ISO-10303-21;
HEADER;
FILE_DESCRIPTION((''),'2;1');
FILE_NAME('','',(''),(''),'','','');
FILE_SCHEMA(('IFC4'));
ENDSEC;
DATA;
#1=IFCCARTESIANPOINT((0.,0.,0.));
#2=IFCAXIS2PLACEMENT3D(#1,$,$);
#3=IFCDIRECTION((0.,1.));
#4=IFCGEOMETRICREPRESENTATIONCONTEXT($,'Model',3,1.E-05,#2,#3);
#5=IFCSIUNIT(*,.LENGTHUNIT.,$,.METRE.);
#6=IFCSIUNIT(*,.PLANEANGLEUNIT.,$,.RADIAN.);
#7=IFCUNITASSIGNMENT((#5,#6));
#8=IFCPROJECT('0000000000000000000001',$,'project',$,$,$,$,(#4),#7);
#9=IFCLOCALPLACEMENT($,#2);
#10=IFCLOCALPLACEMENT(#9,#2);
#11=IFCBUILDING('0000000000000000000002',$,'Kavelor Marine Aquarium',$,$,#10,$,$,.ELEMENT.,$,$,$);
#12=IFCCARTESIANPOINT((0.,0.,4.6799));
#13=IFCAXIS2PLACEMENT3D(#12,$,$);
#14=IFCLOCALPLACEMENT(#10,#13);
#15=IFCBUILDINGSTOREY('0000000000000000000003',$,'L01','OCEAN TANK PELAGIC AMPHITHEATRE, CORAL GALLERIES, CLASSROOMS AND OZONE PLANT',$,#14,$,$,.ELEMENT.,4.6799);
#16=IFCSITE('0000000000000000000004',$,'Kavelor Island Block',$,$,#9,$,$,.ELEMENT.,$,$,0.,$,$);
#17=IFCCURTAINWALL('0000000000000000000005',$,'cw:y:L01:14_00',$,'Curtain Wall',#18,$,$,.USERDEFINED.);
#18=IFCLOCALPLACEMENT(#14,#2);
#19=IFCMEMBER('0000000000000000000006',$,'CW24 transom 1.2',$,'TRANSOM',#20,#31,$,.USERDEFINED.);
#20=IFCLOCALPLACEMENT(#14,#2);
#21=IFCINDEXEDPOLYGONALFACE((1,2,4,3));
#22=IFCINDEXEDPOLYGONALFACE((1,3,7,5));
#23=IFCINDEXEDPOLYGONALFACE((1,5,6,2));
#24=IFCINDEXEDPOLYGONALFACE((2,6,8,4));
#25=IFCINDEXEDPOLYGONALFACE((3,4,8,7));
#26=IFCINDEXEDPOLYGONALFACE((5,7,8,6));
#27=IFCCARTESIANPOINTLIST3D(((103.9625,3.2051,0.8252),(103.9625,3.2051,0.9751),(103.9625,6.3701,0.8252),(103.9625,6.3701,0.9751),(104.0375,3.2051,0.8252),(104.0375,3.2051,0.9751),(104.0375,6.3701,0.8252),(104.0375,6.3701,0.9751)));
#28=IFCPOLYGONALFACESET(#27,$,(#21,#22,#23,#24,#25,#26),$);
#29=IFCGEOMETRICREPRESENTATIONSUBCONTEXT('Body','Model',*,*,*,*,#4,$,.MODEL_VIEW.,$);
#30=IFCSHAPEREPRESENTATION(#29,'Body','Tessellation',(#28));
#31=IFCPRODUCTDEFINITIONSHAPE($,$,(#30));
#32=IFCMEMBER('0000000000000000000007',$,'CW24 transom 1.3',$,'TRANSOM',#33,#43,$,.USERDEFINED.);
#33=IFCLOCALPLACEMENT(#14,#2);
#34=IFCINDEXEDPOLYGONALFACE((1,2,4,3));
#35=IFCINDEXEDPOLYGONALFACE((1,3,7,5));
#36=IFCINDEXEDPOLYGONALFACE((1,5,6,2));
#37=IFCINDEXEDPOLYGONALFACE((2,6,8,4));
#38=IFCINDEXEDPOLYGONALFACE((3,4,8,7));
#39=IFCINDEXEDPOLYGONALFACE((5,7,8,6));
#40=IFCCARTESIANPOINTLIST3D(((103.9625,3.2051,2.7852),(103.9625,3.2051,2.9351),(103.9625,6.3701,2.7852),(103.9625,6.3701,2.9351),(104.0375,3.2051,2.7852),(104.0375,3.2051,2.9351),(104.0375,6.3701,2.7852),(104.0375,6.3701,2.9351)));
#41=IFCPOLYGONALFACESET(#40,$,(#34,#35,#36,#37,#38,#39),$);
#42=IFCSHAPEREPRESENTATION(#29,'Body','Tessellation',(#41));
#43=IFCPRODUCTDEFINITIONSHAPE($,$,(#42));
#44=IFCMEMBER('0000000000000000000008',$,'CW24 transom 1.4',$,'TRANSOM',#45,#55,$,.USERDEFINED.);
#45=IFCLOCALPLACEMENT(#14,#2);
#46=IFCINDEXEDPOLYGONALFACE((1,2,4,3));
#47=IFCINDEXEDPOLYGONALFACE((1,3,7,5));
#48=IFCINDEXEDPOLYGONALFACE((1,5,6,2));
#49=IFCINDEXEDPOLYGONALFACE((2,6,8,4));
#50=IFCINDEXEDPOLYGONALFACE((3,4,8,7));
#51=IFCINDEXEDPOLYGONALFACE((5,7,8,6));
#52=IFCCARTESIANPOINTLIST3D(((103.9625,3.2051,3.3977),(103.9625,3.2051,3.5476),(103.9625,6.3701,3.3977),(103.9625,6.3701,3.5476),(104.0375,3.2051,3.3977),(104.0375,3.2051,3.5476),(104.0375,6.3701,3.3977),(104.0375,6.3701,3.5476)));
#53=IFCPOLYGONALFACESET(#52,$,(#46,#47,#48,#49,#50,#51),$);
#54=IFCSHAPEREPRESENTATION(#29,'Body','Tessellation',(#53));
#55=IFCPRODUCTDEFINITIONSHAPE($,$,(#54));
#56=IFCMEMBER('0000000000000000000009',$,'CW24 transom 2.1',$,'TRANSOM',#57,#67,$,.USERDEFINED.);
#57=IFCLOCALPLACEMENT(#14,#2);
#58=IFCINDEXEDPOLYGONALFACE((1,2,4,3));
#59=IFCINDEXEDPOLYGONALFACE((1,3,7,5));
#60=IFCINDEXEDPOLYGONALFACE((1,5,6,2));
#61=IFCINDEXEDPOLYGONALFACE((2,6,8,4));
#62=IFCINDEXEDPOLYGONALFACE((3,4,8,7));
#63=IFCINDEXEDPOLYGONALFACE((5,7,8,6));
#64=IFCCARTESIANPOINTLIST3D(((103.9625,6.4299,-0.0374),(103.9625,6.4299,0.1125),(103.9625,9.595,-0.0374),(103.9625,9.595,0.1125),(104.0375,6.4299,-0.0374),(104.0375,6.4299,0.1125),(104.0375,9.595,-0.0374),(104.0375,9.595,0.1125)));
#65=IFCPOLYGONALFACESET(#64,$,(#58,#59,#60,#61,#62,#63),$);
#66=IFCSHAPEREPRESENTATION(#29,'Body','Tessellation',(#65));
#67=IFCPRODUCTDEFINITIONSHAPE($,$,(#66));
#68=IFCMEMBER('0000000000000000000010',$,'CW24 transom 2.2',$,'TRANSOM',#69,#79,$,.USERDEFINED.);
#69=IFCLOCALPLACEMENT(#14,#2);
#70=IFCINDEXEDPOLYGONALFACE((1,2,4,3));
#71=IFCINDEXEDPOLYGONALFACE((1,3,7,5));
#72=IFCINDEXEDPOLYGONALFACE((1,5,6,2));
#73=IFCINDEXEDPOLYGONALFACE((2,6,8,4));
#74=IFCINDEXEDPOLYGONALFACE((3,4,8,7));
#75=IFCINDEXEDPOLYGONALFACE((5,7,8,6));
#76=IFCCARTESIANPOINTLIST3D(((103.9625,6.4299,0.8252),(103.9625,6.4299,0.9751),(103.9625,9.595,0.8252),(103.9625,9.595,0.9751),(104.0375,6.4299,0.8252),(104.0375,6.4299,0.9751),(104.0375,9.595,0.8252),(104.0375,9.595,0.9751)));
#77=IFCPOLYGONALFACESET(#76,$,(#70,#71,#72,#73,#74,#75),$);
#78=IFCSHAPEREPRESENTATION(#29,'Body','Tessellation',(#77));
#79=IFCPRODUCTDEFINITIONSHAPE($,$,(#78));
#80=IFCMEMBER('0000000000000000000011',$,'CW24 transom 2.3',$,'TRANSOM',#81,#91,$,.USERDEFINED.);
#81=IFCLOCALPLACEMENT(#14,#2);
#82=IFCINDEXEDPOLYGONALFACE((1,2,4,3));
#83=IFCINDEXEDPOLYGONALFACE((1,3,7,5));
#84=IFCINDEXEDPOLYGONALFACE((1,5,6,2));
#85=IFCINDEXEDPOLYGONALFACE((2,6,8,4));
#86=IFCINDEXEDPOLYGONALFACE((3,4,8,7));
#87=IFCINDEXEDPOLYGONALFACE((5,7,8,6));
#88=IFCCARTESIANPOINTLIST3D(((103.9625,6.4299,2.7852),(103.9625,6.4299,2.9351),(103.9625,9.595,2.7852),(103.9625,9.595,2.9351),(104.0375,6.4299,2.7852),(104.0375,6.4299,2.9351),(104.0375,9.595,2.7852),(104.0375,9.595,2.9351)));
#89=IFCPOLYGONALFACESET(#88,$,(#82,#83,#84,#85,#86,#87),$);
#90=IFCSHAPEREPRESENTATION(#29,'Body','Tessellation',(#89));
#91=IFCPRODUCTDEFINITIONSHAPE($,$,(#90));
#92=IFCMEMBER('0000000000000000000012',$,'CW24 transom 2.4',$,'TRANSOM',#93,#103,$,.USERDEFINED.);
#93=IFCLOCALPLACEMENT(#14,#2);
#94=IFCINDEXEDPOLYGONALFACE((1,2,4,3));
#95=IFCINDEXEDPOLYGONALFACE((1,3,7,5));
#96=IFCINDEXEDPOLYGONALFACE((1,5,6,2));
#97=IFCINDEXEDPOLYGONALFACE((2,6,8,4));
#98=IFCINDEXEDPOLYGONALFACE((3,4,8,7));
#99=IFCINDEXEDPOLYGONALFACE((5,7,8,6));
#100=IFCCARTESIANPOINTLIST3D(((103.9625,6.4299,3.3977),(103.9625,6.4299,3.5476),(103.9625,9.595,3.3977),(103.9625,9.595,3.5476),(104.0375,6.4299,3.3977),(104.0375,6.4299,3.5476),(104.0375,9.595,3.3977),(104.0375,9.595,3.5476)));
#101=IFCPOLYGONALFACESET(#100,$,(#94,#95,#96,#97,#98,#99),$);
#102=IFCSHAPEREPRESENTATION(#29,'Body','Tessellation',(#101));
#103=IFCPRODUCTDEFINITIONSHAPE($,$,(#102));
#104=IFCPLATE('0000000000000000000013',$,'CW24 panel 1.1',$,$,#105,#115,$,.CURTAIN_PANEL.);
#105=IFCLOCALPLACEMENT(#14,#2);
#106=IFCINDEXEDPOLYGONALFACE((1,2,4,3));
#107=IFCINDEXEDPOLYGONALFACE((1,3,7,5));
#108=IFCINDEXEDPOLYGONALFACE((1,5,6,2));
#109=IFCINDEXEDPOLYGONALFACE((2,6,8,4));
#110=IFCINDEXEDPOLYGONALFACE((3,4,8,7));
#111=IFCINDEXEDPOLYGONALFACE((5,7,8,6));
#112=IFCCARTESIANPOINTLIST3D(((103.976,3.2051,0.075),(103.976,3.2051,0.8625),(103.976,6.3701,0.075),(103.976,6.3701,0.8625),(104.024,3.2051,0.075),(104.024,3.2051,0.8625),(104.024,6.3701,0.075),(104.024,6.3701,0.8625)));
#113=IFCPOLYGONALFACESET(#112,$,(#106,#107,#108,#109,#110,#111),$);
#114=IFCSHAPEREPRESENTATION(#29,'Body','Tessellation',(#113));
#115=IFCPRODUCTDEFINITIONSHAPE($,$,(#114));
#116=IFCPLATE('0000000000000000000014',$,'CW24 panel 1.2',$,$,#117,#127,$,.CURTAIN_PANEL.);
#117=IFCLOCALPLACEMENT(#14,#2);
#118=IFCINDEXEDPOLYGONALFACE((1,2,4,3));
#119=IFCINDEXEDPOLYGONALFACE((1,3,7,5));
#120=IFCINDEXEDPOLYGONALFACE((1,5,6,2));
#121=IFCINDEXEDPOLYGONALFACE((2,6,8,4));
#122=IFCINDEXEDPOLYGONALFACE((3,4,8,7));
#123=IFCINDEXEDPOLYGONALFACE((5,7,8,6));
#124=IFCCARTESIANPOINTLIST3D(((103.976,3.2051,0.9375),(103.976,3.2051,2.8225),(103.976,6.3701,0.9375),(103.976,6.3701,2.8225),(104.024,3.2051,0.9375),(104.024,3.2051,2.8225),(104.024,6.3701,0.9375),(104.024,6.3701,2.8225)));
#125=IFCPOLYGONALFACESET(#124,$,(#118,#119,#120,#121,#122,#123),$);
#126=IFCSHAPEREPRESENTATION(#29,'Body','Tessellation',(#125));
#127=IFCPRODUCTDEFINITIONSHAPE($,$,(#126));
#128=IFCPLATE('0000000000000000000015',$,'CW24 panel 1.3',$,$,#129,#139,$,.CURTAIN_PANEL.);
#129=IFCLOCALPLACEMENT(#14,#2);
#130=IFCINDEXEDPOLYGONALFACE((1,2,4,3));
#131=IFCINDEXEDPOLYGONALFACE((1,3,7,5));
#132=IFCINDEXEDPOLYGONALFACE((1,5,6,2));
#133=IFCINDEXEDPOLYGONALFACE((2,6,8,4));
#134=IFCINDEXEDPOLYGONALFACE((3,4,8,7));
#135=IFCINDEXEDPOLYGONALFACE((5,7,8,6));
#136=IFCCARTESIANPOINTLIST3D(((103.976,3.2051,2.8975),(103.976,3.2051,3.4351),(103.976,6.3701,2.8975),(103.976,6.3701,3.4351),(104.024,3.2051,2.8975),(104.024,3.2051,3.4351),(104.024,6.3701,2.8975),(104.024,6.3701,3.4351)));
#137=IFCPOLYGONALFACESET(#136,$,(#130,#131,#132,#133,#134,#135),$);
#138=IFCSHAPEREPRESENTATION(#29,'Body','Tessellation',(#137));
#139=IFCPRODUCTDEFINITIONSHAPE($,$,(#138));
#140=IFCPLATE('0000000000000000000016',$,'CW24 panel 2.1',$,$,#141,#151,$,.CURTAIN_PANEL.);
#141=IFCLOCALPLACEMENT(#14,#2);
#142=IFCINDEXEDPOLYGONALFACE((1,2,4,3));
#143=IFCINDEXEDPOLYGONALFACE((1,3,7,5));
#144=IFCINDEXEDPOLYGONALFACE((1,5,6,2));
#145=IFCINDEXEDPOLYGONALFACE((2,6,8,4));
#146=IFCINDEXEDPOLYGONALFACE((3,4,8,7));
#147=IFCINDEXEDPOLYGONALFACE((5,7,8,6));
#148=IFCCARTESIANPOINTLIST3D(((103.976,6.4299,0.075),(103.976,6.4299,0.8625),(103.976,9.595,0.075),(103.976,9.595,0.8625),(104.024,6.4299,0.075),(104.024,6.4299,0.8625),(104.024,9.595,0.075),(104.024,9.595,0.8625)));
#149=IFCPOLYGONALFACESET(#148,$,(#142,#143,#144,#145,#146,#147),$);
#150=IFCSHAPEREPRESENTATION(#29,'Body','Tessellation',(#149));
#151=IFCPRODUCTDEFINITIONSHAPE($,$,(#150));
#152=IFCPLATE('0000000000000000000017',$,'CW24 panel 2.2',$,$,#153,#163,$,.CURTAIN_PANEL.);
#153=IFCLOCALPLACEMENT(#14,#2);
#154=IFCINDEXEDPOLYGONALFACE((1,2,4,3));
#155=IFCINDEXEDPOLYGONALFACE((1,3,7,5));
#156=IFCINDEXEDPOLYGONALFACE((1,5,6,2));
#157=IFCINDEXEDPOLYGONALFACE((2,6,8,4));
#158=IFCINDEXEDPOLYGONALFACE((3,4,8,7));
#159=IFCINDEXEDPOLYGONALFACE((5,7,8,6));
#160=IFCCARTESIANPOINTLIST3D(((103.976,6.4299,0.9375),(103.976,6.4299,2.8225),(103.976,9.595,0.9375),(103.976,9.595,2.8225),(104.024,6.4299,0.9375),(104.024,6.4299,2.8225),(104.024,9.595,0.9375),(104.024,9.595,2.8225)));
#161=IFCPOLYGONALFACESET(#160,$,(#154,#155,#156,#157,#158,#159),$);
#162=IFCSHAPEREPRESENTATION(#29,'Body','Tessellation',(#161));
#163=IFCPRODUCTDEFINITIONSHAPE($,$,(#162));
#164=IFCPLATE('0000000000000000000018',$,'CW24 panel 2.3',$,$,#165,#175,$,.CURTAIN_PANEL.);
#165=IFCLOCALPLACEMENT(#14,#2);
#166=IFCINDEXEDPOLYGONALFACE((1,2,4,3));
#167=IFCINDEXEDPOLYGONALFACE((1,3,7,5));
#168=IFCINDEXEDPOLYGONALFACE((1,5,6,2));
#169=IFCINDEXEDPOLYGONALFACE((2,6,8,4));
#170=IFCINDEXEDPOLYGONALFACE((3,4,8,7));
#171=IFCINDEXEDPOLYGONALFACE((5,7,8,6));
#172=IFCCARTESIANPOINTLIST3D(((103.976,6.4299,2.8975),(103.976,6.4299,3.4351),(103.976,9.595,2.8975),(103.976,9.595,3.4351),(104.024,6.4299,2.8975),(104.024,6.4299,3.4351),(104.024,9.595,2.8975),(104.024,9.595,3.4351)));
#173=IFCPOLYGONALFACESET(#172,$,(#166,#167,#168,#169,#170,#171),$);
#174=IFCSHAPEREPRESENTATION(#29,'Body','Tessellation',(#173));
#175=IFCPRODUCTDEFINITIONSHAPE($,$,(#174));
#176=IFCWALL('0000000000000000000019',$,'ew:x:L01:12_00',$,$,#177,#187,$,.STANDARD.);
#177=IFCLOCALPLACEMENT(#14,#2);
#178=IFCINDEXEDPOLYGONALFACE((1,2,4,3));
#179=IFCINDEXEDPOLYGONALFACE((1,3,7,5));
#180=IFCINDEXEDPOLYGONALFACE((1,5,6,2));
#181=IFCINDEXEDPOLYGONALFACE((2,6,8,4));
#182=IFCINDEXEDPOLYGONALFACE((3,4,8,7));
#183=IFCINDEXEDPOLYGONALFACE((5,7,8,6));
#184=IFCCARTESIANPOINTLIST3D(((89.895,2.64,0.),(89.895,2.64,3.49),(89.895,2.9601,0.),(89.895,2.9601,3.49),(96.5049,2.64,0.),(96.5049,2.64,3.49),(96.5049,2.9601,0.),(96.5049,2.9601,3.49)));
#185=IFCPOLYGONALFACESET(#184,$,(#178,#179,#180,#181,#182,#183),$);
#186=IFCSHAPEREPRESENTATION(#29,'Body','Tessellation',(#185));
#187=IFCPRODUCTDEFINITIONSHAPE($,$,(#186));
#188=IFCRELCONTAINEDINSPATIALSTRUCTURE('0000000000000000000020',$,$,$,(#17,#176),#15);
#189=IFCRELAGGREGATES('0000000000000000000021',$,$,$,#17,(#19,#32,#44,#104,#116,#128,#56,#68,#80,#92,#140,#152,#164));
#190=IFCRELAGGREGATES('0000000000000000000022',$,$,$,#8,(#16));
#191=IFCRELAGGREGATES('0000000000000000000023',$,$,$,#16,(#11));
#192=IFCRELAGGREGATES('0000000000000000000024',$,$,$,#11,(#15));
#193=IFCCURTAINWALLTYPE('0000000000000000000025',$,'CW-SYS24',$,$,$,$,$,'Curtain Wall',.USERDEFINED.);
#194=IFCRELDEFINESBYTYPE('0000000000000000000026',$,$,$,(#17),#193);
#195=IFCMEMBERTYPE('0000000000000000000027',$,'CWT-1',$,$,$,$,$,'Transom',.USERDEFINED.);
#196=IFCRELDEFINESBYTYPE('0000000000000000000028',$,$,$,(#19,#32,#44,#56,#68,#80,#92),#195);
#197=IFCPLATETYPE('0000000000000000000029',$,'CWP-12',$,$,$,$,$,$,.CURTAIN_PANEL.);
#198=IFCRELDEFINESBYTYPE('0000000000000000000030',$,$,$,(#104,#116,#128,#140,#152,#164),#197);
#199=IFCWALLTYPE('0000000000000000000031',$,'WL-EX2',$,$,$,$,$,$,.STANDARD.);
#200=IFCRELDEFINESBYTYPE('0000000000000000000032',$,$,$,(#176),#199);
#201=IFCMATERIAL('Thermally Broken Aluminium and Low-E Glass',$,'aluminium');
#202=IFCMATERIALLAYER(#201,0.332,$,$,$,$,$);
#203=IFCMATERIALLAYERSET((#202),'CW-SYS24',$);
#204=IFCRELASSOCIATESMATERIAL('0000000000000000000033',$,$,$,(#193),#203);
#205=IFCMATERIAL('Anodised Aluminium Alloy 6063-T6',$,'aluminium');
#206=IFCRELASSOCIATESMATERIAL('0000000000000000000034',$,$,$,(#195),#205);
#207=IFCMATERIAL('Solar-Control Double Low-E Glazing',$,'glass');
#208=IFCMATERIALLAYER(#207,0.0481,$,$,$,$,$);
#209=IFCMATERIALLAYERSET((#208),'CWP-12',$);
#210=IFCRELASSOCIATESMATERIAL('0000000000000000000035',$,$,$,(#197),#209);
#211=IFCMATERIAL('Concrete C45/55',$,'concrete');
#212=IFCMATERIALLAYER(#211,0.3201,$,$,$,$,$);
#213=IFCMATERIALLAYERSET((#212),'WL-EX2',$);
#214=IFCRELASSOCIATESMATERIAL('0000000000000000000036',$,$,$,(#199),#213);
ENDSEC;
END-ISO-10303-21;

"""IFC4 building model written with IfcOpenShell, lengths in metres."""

from ifc_helpers import new_model, si_unit, direction, frame, frame_2d, origin, origin_2d, place, context, subcontext, project, spatial, rectangle, extrude, material, layer, layer_set, material_profile, profile_set, type_object, element, aggregate, save


model = new_model("IFC4")

# Units and contexts
model_context = context("Model", 3, precision=1e-05, world=origin(), true_north=direction((0.0, 1.0)))
body_context = subcontext(model_context, "Body", "Model", "MODEL_VIEW")
ifc_project = project(units=[si_unit("LENGTHUNIT", "METRE"), si_unit("PLANEANGLEUNIT", "RADIAN")], contexts=[model_context])

# Site, building, storey
site_placement = place(None, origin())
site = spatial("IfcSite", under=ifc_project, at=site_placement, Name="Kavelor Island Block", CompositionType="ELEMENT", RefElevation=0.0)
building_placement = place(site_placement, origin())
building = spatial("IfcBuilding", under=site, at=building_placement, Name="Kavelor Marine Aquarium", CompositionType="ELEMENT")
storey_placement = place(building_placement, frame((0.0, 0.0, 4.6799)))
storey = spatial("IfcBuildingStorey", under=building, at=storey_placement, Name="L01", Description="OCEAN TANK PELAGIC AMPHITHEATRE, CORAL GALLERIES, CLASSROOMS AND OZONE PLANT", CompositionType="ELEMENT", Elevation=4.6799)

# Curtain wall, members, plates
ifc_material_1 = material(Name="Thermally Broken Aluminium and Low-E Glass", Category="aluminium")
ifc_layer_1 = layer(ifc_material_1, 0.332)
ifc_layer_set_1 = layer_set([ifc_layer_1], Name="CW-SYS24")
curtain_wall_type = type_object("IfcCurtainWallType", Name="CW-SYS24", ElementType="Curtain Wall", PredefinedType="USERDEFINED", material=ifc_layer_set_1)
curtain_wall_placement = place(storey_placement, origin())
curtain_wall = element("IfcCurtainWall", 1, at=curtain_wall_placement, inside=storey, type_object=curtain_wall_type, Name="cw:y:L01:14_00", ObjectType="Curtain Wall", PredefinedType="USERDEFINED")
ifc_material_2 = material(Name="Anodised Aluminium Alloy 6063-T6", Category="aluminium")
ifc_material_profile_1 = material_profile(ifc_material_2, rectangle(XDim=0.075, YDim=0.1499, at=origin_2d()), Name="CW-TRN 75x150")
ifc_profile_set_1 = profile_set([ifc_material_profile_1], Name="Anodised Aluminium Alloy 6063-T6")
member_type_1 = type_object("IfcMemberType", Name="CWT-1", ElementType="Transom", PredefinedType="USERDEFINED", material=ifc_profile_set_1)
member_1_placement = place(storey_placement, frame((104.0, 3.2051, 0.9001), z_axis=(0.0, 1.0, 0.0), x_axis=(-1.0, 0.0, 0.0)))
member_1 = element("IfcMember", 2, at=member_1_placement, type_object=member_type_1, Name="CW24 transom 1.2", ObjectType="TRANSOM", PredefinedType="USERDEFINED", context=body_context, shape_type="SweptSolid", body=[
    extrude(rectangle(XDim=0.075, YDim=0.1499, at=origin_2d()), origin(), (0.0, 0.0, 1.0), 3.165),
])
member_2_placement = place(storey_placement, frame((104.0, 3.2051, 2.8601), z_axis=(0.0, 1.0, 0.0), x_axis=(-1.0, 0.0, 0.0)))
member_2 = element("IfcMember", 3, at=member_2_placement, type_object=member_type_1, Name="CW24 transom 1.3", ObjectType="TRANSOM", PredefinedType="USERDEFINED", context=body_context, shape_type="SweptSolid", body=[
    extrude(rectangle(XDim=0.075, YDim=0.1499, at=origin_2d()), origin(), (0.0, 0.0, 1.0), 3.165),
])
member_3_placement = place(storey_placement, frame((104.0, 3.2051, 3.4727), z_axis=(0.0, 1.0, 0.0), x_axis=(-1.0, 0.0, 0.0)))
member_3 = element("IfcMember", 4, at=member_3_placement, type_object=member_type_1, Name="CW24 transom 1.4", ObjectType="TRANSOM", PredefinedType="USERDEFINED", context=body_context, shape_type="SweptSolid", body=[
    extrude(rectangle(XDim=0.075, YDim=0.1499, at=origin_2d()), origin(), (0.0, 0.0, 1.0), 3.165),
])
member_4_placement = place(storey_placement, frame((104.0, 6.4299, 0.0376), z_axis=(0.0, 1.0, 0.0), x_axis=(-1.0, 0.0, 0.0)))
member_4 = element("IfcMember", 5, at=member_4_placement, type_object=member_type_1, Name="CW24 transom 2.1", ObjectType="TRANSOM", PredefinedType="USERDEFINED", context=body_context, shape_type="SweptSolid", body=[
    extrude(rectangle(XDim=0.075, YDim=0.1499, at=origin_2d()), origin(), (0.0, 0.0, 1.0), 3.165),
])
member_5_placement = place(storey_placement, frame((104.0, 6.4299, 0.9001), z_axis=(0.0, 1.0, 0.0), x_axis=(-1.0, 0.0, 0.0)))
member_5 = element("IfcMember", 6, at=member_5_placement, type_object=member_type_1, Name="CW24 transom 2.2", ObjectType="TRANSOM", PredefinedType="USERDEFINED", context=body_context, shape_type="SweptSolid", body=[
    extrude(rectangle(XDim=0.075, YDim=0.1499, at=origin_2d()), origin(), (0.0, 0.0, 1.0), 3.165),
])
member_6_placement = place(storey_placement, frame((104.0, 6.4299, 2.8601), z_axis=(0.0, 1.0, 0.0), x_axis=(-1.0, 0.0, 0.0)))
member_6 = element("IfcMember", 7, at=member_6_placement, type_object=member_type_1, Name="CW24 transom 2.3", ObjectType="TRANSOM", PredefinedType="USERDEFINED", context=body_context, shape_type="SweptSolid", body=[
    extrude(rectangle(XDim=0.075, YDim=0.1499, at=origin_2d()), origin(), (0.0, 0.0, 1.0), 3.165),
])
member_7_placement = place(storey_placement, frame((104.0, 6.4299, 3.4727), z_axis=(0.0, 1.0, 0.0), x_axis=(-1.0, 0.0, 0.0)))
member_7 = element("IfcMember", 8, at=member_7_placement, type_object=member_type_1, Name="CW24 transom 2.4", ObjectType="TRANSOM", PredefinedType="USERDEFINED", context=body_context, shape_type="SweptSolid", body=[
    extrude(rectangle(XDim=0.075, YDim=0.1499, at=origin_2d()), origin(), (0.0, 0.0, 1.0), 3.165),
])
ifc_material_3 = material(Name="Solar-Control Double Low-E Glazing", Category="glass")
ifc_layer_2 = layer(ifc_material_3, 0.0481)
ifc_layer_set_2 = layer_set([ifc_layer_2], Name="CWP-12")
plate_type = type_object("IfcPlateType", Name="CWP-12", PredefinedType="CURTAIN_PANEL", material=ifc_layer_set_2)
plate_1_placement = place(storey_placement, frame((104.0, 4.7876, 0.075), z_axis=(0.0, 0.0, 1.0), x_axis=(0.0, 1.0, 0.0)))
plate_1 = element("IfcPlate", 9, at=plate_1_placement, type_object=plate_type, Name="CW24 panel 1.1", PredefinedType="CURTAIN_PANEL", context=body_context, shape_type="SweptSolid", body=[
    extrude(rectangle(XDim=3.165, YDim=0.0481, at=origin_2d()), origin(), (0.0, 0.0, 1.0), 0.7876),
])
plate_2_placement = place(storey_placement, frame((104.0, 4.7876, 0.9375), z_axis=(0.0, 0.0, 1.0), x_axis=(0.0, 1.0, 0.0)))
plate_2 = element("IfcPlate", 10, at=plate_2_placement, type_object=plate_type, Name="CW24 panel 1.2", PredefinedType="CURTAIN_PANEL", context=body_context, shape_type="SweptSolid", body=[
    extrude(rectangle(XDim=3.165, YDim=0.0481, at=origin_2d()), origin(), (0.0, 0.0, 1.0), 1.885),
])
plate_3_placement = place(storey_placement, frame((104.0, 4.7876, 2.8975), z_axis=(0.0, 0.0, 1.0), x_axis=(0.0, 1.0, 0.0)))
plate_3 = element("IfcPlate", 11, at=plate_3_placement, type_object=plate_type, Name="CW24 panel 1.3", PredefinedType="CURTAIN_PANEL", context=body_context, shape_type="SweptSolid", body=[
    extrude(rectangle(XDim=3.165, YDim=0.0481, at=origin_2d()), origin(), (0.0, 0.0, 1.0), 0.5376),
])
plate_4_placement = place(storey_placement, frame((104.0, 8.0125, 0.075), z_axis=(0.0, 0.0, 1.0), x_axis=(0.0, 1.0, 0.0)))
plate_4 = element("IfcPlate", 12, at=plate_4_placement, type_object=plate_type, Name="CW24 panel 2.1", PredefinedType="CURTAIN_PANEL", context=body_context, shape_type="SweptSolid", body=[
    extrude(rectangle(XDim=3.165, YDim=0.0481, at=origin_2d()), origin(), (0.0, 0.0, 1.0), 0.7876),
])
plate_5_placement = place(storey_placement, frame((104.0, 8.0125, 0.9375), z_axis=(0.0, 0.0, 1.0), x_axis=(0.0, 1.0, 0.0)))
plate_5 = element("IfcPlate", 13, at=plate_5_placement, type_object=plate_type, Name="CW24 panel 2.2", PredefinedType="CURTAIN_PANEL", context=body_context, shape_type="SweptSolid", body=[
    extrude(rectangle(XDim=3.165, YDim=0.0481, at=origin_2d()), origin(), (0.0, 0.0, 1.0), 1.885),
])
plate_6_placement = place(storey_placement, frame((104.0, 8.0125, 2.8975), z_axis=(0.0, 0.0, 1.0), x_axis=(0.0, 1.0, 0.0)))
plate_6 = element("IfcPlate", 14, at=plate_6_placement, type_object=plate_type, Name="CW24 panel 2.3", PredefinedType="CURTAIN_PANEL", context=body_context, shape_type="SweptSolid", body=[
    extrude(rectangle(XDim=3.165, YDim=0.0481, at=origin_2d()), origin(), (0.0, 0.0, 1.0), 0.5376),
])
aggregate(curtain_wall, [member_1, member_2, member_3, plate_1, plate_2, plate_3, member_4, member_5, member_6, member_7, plate_4, plate_5, plate_6])

# Wall
ifc_material_4 = material(Name="Concrete C45/55", Category="concrete")
ifc_layer_3 = layer(ifc_material_4, 0.3201)
ifc_layer_set_3 = layer_set([ifc_layer_3], Name="WL-EX2")
wall_type_1 = type_object("IfcWallType", Name="WL-EX2", PredefinedType="STANDARD", material=ifc_layer_set_3)
wall_1_placement = place(storey_placement, frame((96.5049, 2.8, 0.0), z_axis=(0.0, 0.0, 1.0), x_axis=(-1.0, 0.0, 0.0)))
element("IfcWall", 15, at=wall_1_placement, inside=storey, type_object=wall_type_1, Name="ew:x:L01:12_00", PredefinedType="STANDARD", context=body_context, shape_type="SweptSolid", body=[
    extrude(rectangle(XDim=6.6099, YDim=0.3201, at=frame_2d((3.3049, 0.0))), origin(), (0.0, 0.0, 1.0), 3.49),
])

save(model, "model.ifc")
